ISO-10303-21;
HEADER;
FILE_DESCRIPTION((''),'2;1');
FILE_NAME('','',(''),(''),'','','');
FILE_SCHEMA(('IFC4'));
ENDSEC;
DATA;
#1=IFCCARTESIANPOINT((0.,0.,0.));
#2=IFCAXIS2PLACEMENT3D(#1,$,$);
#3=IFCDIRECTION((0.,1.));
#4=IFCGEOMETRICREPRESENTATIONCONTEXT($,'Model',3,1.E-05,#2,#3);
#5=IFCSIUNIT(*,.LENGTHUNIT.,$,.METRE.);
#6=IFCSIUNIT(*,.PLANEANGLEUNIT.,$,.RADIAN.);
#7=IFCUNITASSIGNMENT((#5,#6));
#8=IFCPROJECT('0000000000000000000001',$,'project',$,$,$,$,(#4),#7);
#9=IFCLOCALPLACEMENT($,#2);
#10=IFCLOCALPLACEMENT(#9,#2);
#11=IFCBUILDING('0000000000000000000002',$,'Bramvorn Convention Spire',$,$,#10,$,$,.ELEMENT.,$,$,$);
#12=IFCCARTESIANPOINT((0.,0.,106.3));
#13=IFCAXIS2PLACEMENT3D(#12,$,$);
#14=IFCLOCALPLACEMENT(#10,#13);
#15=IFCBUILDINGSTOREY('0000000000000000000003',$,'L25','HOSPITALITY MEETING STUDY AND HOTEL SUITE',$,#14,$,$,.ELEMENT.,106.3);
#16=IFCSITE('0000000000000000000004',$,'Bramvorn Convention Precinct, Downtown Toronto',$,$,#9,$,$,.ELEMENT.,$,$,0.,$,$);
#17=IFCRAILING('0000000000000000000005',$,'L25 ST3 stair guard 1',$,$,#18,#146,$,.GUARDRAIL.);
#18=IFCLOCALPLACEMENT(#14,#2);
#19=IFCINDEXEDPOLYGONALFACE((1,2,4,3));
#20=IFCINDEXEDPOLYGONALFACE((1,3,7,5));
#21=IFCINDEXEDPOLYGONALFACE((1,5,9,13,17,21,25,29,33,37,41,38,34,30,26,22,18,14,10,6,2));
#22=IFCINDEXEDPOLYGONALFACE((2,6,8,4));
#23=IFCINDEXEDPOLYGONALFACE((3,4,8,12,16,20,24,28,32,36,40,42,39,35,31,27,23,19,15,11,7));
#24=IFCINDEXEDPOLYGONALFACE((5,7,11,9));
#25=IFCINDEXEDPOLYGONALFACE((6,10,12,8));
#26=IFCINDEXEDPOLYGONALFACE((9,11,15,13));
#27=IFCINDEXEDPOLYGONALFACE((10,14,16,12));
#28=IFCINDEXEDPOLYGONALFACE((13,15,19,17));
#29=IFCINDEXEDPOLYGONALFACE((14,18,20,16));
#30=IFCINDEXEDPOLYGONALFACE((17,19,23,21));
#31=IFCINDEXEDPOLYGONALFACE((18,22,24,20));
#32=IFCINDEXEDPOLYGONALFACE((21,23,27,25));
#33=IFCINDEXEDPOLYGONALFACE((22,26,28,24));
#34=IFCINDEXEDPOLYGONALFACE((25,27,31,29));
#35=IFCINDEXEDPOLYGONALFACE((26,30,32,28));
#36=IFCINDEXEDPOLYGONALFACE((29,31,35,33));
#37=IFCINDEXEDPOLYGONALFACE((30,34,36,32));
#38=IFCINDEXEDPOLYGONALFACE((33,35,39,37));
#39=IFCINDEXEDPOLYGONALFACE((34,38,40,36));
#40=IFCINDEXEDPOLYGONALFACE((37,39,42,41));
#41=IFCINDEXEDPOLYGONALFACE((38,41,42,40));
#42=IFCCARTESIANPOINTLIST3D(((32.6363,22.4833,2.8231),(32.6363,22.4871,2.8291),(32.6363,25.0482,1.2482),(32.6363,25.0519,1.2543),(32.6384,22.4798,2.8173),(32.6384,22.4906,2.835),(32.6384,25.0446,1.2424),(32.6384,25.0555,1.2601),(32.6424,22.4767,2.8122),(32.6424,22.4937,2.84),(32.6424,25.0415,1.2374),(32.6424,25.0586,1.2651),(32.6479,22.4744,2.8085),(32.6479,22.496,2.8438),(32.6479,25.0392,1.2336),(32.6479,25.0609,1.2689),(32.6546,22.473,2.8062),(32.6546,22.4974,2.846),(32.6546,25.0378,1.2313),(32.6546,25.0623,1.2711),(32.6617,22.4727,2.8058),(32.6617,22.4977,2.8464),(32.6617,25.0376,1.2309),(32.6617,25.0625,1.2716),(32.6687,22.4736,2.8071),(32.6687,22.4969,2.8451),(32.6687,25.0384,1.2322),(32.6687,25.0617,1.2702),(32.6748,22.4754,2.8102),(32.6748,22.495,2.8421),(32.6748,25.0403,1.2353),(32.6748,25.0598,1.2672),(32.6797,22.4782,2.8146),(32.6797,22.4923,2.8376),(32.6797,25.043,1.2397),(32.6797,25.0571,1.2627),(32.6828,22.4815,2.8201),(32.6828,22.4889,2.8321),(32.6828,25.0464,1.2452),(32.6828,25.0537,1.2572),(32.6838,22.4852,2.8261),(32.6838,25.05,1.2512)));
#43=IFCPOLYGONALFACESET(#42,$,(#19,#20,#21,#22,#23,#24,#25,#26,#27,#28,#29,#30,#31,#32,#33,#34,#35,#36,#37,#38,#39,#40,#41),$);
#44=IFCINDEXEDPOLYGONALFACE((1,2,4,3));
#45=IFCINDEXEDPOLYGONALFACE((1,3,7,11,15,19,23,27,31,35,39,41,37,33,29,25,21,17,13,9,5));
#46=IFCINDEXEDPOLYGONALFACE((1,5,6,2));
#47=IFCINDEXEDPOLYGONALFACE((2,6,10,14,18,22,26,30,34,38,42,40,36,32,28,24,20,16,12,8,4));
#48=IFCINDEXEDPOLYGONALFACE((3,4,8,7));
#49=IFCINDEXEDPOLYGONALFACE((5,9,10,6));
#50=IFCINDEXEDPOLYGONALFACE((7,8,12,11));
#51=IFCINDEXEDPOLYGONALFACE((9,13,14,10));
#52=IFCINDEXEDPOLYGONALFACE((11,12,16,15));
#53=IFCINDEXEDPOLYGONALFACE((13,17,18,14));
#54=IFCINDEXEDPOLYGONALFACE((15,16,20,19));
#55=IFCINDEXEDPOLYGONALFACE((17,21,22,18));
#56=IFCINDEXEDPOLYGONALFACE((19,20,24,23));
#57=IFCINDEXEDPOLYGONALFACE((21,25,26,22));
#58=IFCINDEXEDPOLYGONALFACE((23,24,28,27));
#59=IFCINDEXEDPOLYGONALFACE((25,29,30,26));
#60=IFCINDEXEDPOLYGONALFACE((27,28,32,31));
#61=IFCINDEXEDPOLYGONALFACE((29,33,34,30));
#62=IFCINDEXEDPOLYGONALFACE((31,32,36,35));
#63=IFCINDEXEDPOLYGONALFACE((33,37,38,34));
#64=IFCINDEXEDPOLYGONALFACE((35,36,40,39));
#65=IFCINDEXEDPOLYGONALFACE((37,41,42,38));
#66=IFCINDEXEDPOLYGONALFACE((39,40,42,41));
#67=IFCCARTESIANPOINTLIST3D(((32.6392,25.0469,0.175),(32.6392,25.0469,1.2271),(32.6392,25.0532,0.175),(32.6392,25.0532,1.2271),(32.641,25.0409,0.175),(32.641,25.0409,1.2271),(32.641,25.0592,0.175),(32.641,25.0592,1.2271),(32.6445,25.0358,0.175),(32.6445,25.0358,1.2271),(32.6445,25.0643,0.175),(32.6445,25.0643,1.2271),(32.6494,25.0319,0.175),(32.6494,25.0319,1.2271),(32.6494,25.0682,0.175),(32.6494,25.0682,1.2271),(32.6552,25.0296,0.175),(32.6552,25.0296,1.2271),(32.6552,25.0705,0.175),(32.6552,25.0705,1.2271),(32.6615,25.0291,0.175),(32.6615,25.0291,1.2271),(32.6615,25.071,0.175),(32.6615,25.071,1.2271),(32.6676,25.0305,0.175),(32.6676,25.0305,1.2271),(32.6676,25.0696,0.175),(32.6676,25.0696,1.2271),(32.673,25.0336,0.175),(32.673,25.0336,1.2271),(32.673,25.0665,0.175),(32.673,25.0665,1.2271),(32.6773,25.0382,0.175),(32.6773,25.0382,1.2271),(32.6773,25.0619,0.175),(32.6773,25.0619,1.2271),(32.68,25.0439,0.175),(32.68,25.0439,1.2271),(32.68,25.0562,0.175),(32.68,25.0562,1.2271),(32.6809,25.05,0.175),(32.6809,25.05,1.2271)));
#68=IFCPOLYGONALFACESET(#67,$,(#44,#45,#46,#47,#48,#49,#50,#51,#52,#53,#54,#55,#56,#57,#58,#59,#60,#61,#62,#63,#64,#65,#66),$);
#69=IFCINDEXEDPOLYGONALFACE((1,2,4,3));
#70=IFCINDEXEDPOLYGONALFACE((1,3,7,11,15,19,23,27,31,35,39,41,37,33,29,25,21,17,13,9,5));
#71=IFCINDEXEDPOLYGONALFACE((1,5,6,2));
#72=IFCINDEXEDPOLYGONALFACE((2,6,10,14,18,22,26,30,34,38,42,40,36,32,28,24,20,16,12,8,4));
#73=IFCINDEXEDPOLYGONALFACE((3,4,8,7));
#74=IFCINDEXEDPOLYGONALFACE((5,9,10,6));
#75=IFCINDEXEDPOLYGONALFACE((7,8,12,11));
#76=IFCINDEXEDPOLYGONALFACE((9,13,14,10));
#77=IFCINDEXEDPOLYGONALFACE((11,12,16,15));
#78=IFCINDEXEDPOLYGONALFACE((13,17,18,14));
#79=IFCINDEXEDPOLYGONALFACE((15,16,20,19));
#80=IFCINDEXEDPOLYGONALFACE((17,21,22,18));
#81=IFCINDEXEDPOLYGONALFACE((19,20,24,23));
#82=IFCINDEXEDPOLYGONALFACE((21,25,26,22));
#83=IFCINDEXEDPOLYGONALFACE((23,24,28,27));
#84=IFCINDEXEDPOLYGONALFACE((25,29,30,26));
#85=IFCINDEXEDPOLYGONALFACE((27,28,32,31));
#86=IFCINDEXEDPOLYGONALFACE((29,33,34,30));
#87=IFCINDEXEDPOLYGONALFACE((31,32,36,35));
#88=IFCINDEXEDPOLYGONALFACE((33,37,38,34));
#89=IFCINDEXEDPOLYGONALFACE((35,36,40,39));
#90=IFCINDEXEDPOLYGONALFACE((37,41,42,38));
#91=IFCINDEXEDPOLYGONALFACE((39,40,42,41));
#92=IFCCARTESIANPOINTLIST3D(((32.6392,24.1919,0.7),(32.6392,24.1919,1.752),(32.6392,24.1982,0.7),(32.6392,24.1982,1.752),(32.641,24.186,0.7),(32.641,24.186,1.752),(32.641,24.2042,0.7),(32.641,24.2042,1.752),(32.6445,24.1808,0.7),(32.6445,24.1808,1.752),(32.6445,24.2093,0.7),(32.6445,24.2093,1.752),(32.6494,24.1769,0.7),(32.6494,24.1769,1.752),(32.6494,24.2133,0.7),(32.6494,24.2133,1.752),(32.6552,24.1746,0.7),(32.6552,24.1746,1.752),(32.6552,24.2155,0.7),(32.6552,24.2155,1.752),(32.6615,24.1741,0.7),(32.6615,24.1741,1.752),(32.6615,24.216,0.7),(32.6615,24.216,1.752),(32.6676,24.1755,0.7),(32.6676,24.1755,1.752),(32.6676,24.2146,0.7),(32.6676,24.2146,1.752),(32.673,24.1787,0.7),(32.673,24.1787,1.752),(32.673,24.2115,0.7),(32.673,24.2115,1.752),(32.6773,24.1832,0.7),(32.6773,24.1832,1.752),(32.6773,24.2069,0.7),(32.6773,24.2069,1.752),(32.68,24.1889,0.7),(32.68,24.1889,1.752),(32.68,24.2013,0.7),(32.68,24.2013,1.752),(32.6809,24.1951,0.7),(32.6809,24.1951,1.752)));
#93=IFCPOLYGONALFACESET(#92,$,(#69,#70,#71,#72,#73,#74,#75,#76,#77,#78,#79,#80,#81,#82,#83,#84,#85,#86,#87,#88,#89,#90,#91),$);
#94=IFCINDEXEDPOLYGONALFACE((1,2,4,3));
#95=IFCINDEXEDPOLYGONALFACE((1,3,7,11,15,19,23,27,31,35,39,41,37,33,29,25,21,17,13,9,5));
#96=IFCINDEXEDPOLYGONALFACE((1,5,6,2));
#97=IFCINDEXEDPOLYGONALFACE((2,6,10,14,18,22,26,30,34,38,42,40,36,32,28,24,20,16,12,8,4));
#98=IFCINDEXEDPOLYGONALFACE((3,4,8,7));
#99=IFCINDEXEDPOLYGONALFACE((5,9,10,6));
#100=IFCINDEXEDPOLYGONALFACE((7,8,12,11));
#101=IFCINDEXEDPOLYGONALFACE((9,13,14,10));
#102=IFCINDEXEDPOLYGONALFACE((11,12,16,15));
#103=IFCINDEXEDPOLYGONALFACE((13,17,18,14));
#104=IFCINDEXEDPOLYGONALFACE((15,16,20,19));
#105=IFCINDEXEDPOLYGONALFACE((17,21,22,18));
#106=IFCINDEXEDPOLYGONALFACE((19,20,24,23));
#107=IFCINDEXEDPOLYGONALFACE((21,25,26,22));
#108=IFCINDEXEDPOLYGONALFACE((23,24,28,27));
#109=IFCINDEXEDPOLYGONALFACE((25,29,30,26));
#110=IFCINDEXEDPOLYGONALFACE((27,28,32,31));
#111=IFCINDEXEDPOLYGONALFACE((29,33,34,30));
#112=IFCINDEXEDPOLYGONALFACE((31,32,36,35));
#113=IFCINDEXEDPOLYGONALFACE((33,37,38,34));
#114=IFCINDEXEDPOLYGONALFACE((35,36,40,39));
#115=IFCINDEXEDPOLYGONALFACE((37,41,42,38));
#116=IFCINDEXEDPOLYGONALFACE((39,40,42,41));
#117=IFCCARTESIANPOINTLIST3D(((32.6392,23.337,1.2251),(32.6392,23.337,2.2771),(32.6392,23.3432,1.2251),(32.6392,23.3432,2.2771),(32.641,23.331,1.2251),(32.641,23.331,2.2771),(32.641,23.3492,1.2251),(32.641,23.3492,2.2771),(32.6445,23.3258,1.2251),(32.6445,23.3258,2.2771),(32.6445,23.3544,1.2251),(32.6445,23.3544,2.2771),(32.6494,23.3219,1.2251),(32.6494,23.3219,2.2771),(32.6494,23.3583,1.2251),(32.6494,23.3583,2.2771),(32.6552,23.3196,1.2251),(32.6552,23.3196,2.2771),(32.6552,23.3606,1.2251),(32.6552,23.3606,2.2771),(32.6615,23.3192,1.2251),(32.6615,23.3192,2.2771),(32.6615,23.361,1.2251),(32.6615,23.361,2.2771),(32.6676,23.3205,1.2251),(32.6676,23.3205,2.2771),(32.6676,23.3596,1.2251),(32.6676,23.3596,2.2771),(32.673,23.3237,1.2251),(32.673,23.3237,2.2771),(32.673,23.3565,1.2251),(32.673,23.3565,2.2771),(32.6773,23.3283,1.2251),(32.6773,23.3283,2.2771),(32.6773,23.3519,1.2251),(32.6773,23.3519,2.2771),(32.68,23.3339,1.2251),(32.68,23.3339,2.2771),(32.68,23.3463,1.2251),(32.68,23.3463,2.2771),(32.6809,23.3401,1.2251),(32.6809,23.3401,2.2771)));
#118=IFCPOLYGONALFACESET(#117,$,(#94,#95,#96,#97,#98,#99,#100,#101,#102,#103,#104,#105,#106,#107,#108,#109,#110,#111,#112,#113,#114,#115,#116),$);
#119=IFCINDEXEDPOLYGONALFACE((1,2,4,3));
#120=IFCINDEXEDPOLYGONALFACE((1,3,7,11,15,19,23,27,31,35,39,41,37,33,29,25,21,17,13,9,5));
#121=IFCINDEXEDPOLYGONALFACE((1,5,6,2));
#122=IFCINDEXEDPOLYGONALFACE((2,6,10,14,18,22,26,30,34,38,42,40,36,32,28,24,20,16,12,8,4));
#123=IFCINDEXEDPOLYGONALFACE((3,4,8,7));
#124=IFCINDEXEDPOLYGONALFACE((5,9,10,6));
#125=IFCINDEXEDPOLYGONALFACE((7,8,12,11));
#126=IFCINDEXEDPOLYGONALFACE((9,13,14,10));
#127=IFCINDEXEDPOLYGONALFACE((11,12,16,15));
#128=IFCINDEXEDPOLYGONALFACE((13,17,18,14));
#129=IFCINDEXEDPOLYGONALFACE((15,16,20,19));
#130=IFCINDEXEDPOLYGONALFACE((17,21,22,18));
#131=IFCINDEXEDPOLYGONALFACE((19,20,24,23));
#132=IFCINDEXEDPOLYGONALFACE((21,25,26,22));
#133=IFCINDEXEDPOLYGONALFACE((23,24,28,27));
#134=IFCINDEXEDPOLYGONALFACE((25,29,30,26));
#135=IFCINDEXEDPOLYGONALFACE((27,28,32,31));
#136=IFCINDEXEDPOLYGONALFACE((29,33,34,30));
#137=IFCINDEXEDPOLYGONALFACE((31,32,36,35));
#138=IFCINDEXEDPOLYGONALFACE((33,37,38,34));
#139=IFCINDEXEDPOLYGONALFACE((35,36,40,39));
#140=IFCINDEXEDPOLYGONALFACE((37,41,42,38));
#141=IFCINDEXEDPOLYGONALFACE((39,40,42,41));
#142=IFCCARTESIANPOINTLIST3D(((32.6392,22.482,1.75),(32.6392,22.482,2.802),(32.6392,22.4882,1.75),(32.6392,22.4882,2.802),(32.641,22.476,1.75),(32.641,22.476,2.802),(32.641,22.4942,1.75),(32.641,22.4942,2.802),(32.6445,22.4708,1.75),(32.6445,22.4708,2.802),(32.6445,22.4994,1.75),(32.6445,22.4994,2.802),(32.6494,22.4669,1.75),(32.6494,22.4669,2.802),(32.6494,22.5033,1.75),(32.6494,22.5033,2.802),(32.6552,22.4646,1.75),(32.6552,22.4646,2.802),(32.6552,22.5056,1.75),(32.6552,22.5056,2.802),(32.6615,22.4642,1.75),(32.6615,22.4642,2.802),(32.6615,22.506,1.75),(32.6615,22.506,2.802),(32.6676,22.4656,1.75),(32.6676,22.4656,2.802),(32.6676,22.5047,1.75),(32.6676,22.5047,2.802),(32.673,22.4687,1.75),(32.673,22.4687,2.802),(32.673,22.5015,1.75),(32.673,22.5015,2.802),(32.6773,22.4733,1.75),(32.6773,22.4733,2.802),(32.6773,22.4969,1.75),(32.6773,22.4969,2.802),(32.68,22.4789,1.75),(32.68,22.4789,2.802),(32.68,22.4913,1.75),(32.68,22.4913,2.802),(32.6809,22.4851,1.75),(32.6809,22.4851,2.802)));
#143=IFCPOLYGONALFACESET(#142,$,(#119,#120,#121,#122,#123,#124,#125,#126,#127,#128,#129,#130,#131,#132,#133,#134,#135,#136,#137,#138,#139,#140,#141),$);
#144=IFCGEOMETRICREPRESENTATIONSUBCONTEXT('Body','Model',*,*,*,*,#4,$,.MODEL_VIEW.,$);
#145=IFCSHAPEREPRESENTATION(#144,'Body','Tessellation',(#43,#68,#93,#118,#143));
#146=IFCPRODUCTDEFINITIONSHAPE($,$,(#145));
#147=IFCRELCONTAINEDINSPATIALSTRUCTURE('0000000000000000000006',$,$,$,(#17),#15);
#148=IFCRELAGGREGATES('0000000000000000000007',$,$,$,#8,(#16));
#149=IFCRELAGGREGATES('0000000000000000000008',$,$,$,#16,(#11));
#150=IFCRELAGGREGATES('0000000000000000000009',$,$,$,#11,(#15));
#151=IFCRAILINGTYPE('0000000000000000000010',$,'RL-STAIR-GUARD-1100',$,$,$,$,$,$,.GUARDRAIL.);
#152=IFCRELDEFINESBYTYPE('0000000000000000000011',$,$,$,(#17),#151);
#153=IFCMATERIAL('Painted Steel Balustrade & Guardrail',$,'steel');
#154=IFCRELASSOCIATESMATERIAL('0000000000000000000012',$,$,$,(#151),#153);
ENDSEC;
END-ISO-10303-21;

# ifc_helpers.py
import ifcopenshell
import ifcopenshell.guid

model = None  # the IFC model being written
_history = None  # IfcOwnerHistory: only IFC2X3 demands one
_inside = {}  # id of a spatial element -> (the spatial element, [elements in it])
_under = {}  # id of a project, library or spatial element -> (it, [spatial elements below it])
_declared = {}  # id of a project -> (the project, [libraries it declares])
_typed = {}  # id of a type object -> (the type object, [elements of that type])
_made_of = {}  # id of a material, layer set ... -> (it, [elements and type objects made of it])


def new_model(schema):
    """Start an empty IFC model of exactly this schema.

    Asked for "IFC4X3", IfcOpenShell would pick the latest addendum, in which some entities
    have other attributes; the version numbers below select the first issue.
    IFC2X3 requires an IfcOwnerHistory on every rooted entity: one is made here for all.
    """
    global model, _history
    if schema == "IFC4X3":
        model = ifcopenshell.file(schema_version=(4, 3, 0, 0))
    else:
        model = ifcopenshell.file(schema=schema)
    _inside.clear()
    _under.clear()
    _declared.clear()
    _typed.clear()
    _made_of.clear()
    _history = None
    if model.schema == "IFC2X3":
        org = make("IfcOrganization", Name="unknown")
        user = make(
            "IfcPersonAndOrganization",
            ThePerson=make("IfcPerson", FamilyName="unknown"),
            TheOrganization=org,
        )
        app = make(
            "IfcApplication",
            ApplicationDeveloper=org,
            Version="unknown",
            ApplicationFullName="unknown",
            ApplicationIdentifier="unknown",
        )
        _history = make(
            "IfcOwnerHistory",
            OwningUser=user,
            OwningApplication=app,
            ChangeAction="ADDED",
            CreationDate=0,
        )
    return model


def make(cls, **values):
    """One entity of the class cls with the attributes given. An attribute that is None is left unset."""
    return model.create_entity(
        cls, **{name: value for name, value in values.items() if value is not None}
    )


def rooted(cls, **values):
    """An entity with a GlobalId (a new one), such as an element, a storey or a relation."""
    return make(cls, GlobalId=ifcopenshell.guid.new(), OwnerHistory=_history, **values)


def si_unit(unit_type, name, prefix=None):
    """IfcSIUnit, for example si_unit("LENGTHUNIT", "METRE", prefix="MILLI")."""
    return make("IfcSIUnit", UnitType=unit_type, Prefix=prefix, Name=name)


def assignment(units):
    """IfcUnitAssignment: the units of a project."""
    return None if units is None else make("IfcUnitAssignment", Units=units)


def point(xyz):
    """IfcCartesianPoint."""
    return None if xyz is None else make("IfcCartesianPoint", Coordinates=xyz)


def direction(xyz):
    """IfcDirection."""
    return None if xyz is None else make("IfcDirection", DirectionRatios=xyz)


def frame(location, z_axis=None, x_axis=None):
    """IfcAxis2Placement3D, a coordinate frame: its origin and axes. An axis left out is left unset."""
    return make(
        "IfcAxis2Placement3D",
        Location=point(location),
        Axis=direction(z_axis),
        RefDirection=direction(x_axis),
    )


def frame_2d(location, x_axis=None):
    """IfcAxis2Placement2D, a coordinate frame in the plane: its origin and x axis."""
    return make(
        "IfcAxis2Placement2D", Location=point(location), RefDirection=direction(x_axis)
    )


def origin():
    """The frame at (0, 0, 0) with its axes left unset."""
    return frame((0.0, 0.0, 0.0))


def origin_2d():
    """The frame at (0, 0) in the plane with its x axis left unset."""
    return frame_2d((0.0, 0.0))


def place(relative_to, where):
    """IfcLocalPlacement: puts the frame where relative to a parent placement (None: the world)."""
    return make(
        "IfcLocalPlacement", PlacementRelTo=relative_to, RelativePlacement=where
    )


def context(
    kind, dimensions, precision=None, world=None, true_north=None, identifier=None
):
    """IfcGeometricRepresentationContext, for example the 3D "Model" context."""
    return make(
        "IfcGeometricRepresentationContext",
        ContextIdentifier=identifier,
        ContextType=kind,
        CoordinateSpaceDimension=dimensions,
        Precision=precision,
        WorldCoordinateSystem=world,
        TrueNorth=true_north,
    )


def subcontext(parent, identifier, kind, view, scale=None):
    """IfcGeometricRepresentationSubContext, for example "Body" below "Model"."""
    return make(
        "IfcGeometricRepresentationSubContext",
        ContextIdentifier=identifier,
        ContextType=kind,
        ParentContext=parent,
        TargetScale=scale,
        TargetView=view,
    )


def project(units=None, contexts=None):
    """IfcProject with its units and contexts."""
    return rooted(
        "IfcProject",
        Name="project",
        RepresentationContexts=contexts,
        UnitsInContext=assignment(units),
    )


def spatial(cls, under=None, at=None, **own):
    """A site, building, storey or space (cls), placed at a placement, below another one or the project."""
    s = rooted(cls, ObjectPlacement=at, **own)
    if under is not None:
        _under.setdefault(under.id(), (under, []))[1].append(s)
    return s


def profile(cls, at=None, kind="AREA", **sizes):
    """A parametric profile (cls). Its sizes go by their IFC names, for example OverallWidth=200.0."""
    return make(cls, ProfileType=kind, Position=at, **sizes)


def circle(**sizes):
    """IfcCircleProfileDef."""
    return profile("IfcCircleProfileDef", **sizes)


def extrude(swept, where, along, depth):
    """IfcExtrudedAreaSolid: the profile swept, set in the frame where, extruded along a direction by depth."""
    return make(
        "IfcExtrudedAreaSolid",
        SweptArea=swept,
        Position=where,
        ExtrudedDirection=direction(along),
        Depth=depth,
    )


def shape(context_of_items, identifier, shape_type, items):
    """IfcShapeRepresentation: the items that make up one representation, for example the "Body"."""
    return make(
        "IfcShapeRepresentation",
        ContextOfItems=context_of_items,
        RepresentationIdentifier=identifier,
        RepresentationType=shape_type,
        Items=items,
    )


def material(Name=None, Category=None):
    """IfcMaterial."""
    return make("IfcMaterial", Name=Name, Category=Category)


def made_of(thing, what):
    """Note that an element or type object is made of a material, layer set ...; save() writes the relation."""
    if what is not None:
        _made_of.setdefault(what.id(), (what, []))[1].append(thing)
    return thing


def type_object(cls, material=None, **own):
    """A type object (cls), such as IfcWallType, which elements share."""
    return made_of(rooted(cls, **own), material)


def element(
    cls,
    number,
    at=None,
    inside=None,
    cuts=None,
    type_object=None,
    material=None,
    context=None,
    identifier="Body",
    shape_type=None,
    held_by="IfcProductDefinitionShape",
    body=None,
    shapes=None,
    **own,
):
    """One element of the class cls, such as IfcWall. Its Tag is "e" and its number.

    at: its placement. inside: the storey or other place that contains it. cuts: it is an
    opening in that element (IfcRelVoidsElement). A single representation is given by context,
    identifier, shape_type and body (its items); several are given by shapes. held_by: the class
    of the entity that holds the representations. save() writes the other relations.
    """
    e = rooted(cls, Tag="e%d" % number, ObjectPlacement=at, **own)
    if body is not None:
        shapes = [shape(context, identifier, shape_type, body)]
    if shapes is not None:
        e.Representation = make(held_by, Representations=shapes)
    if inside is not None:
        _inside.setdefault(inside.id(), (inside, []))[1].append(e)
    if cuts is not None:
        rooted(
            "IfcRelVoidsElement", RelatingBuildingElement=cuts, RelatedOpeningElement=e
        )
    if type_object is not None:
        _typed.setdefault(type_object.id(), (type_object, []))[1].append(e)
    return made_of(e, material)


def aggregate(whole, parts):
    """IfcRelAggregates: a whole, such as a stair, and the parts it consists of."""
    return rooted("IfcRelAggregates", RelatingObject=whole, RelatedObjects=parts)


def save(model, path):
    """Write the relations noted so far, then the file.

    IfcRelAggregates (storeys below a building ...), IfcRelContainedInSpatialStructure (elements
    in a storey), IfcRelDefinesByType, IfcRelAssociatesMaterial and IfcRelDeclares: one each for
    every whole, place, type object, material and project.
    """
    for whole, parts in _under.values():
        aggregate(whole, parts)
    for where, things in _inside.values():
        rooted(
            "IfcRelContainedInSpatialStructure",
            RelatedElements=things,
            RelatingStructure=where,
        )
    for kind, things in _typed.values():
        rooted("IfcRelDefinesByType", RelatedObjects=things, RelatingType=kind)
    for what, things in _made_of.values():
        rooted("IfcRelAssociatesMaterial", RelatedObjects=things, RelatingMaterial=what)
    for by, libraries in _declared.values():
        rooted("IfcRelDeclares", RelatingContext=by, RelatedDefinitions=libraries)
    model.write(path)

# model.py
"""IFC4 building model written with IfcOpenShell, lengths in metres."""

from ifc_helpers import new_model, si_unit, direction, frame, origin, origin_2d, place, context, subcontext, project, spatial, circle, extrude, material, type_object, element, save


model = new_model("IFC4")

# Units and contexts
model_context = context("Model", 3, precision=1e-05, world=origin(), true_north=direction((0.0, 1.0)))
body_context = subcontext(model_context, "Body", "Model", "MODEL_VIEW")
ifc_project = project(units=[si_unit("LENGTHUNIT", "METRE"), si_unit("PLANEANGLEUNIT", "RADIAN")], contexts=[model_context])

# Site, building, storey
site_placement = place(None, origin())
site = spatial("IfcSite", under=ifc_project, at=site_placement, Name="Bramvorn Convention Precinct, Downtown Toronto", CompositionType="ELEMENT", RefElevation=0.0)
building_placement = place(site_placement, origin())
building = spatial("IfcBuilding", under=site, at=building_placement, Name="Bramvorn Convention Spire", CompositionType="ELEMENT")
storey_placement = place(building_placement, frame((0.0, 0.0, 106.3)))
storey = spatial("IfcBuildingStorey", under=building, at=storey_placement, Name="L25", Description="HOSPITALITY MEETING STUDY AND HOTEL SUITE", CompositionType="ELEMENT", Elevation=106.3)

# Railing
ifc_material_1 = material(Name="Painted Steel Balustrade & Guardrail", Category="steel")
railing_type_1 = type_object("IfcRailingType", Name="RL-STAIR-GUARD-1100", PredefinedType="GUARDRAIL", material=ifc_material_1)
railing_1_placement = place(storey_placement, frame((32.6599, 25.05, 0.175)))
element("IfcRailing", 1, at=railing_1_placement, inside=storey, type_object=railing_type_1, Name="L25 ST3 stair guard 1", PredefinedType="GUARDRAIL", context=body_context, shape_type="SweptSolid", body=[
    extrude(circle(Radius=0.0239, at=origin_2d()), frame((0.0, 0.0, 1.0762), z_axis=(0.0, -0.852173, 0.52326), x_axis=(1.0, 0.0, 0.0)), (0.0, 0.0, 1.0), 3.0098),
    extrude(circle(Radius=0.021, at=origin_2d()), origin(), (0.0, 0.0, 1.0), 1.052),
    extrude(circle(Radius=0.021, at=origin_2d()), frame((0.0, -0.855, 0.5249)), (0.0, 0.0, 1.0), 1.052),
    extrude(circle(Radius=0.021, at=origin_2d()), frame((0.0, -1.71, 1.05)), (0.0, 0.0, 1.0), 1.052),
    extrude(circle(Radius=0.021, at=origin_2d()), frame((0.0, -2.5649, 1.575)), (0.0, 0.0, 1.0), 1.052),
])

save(model, "model.ifc")
